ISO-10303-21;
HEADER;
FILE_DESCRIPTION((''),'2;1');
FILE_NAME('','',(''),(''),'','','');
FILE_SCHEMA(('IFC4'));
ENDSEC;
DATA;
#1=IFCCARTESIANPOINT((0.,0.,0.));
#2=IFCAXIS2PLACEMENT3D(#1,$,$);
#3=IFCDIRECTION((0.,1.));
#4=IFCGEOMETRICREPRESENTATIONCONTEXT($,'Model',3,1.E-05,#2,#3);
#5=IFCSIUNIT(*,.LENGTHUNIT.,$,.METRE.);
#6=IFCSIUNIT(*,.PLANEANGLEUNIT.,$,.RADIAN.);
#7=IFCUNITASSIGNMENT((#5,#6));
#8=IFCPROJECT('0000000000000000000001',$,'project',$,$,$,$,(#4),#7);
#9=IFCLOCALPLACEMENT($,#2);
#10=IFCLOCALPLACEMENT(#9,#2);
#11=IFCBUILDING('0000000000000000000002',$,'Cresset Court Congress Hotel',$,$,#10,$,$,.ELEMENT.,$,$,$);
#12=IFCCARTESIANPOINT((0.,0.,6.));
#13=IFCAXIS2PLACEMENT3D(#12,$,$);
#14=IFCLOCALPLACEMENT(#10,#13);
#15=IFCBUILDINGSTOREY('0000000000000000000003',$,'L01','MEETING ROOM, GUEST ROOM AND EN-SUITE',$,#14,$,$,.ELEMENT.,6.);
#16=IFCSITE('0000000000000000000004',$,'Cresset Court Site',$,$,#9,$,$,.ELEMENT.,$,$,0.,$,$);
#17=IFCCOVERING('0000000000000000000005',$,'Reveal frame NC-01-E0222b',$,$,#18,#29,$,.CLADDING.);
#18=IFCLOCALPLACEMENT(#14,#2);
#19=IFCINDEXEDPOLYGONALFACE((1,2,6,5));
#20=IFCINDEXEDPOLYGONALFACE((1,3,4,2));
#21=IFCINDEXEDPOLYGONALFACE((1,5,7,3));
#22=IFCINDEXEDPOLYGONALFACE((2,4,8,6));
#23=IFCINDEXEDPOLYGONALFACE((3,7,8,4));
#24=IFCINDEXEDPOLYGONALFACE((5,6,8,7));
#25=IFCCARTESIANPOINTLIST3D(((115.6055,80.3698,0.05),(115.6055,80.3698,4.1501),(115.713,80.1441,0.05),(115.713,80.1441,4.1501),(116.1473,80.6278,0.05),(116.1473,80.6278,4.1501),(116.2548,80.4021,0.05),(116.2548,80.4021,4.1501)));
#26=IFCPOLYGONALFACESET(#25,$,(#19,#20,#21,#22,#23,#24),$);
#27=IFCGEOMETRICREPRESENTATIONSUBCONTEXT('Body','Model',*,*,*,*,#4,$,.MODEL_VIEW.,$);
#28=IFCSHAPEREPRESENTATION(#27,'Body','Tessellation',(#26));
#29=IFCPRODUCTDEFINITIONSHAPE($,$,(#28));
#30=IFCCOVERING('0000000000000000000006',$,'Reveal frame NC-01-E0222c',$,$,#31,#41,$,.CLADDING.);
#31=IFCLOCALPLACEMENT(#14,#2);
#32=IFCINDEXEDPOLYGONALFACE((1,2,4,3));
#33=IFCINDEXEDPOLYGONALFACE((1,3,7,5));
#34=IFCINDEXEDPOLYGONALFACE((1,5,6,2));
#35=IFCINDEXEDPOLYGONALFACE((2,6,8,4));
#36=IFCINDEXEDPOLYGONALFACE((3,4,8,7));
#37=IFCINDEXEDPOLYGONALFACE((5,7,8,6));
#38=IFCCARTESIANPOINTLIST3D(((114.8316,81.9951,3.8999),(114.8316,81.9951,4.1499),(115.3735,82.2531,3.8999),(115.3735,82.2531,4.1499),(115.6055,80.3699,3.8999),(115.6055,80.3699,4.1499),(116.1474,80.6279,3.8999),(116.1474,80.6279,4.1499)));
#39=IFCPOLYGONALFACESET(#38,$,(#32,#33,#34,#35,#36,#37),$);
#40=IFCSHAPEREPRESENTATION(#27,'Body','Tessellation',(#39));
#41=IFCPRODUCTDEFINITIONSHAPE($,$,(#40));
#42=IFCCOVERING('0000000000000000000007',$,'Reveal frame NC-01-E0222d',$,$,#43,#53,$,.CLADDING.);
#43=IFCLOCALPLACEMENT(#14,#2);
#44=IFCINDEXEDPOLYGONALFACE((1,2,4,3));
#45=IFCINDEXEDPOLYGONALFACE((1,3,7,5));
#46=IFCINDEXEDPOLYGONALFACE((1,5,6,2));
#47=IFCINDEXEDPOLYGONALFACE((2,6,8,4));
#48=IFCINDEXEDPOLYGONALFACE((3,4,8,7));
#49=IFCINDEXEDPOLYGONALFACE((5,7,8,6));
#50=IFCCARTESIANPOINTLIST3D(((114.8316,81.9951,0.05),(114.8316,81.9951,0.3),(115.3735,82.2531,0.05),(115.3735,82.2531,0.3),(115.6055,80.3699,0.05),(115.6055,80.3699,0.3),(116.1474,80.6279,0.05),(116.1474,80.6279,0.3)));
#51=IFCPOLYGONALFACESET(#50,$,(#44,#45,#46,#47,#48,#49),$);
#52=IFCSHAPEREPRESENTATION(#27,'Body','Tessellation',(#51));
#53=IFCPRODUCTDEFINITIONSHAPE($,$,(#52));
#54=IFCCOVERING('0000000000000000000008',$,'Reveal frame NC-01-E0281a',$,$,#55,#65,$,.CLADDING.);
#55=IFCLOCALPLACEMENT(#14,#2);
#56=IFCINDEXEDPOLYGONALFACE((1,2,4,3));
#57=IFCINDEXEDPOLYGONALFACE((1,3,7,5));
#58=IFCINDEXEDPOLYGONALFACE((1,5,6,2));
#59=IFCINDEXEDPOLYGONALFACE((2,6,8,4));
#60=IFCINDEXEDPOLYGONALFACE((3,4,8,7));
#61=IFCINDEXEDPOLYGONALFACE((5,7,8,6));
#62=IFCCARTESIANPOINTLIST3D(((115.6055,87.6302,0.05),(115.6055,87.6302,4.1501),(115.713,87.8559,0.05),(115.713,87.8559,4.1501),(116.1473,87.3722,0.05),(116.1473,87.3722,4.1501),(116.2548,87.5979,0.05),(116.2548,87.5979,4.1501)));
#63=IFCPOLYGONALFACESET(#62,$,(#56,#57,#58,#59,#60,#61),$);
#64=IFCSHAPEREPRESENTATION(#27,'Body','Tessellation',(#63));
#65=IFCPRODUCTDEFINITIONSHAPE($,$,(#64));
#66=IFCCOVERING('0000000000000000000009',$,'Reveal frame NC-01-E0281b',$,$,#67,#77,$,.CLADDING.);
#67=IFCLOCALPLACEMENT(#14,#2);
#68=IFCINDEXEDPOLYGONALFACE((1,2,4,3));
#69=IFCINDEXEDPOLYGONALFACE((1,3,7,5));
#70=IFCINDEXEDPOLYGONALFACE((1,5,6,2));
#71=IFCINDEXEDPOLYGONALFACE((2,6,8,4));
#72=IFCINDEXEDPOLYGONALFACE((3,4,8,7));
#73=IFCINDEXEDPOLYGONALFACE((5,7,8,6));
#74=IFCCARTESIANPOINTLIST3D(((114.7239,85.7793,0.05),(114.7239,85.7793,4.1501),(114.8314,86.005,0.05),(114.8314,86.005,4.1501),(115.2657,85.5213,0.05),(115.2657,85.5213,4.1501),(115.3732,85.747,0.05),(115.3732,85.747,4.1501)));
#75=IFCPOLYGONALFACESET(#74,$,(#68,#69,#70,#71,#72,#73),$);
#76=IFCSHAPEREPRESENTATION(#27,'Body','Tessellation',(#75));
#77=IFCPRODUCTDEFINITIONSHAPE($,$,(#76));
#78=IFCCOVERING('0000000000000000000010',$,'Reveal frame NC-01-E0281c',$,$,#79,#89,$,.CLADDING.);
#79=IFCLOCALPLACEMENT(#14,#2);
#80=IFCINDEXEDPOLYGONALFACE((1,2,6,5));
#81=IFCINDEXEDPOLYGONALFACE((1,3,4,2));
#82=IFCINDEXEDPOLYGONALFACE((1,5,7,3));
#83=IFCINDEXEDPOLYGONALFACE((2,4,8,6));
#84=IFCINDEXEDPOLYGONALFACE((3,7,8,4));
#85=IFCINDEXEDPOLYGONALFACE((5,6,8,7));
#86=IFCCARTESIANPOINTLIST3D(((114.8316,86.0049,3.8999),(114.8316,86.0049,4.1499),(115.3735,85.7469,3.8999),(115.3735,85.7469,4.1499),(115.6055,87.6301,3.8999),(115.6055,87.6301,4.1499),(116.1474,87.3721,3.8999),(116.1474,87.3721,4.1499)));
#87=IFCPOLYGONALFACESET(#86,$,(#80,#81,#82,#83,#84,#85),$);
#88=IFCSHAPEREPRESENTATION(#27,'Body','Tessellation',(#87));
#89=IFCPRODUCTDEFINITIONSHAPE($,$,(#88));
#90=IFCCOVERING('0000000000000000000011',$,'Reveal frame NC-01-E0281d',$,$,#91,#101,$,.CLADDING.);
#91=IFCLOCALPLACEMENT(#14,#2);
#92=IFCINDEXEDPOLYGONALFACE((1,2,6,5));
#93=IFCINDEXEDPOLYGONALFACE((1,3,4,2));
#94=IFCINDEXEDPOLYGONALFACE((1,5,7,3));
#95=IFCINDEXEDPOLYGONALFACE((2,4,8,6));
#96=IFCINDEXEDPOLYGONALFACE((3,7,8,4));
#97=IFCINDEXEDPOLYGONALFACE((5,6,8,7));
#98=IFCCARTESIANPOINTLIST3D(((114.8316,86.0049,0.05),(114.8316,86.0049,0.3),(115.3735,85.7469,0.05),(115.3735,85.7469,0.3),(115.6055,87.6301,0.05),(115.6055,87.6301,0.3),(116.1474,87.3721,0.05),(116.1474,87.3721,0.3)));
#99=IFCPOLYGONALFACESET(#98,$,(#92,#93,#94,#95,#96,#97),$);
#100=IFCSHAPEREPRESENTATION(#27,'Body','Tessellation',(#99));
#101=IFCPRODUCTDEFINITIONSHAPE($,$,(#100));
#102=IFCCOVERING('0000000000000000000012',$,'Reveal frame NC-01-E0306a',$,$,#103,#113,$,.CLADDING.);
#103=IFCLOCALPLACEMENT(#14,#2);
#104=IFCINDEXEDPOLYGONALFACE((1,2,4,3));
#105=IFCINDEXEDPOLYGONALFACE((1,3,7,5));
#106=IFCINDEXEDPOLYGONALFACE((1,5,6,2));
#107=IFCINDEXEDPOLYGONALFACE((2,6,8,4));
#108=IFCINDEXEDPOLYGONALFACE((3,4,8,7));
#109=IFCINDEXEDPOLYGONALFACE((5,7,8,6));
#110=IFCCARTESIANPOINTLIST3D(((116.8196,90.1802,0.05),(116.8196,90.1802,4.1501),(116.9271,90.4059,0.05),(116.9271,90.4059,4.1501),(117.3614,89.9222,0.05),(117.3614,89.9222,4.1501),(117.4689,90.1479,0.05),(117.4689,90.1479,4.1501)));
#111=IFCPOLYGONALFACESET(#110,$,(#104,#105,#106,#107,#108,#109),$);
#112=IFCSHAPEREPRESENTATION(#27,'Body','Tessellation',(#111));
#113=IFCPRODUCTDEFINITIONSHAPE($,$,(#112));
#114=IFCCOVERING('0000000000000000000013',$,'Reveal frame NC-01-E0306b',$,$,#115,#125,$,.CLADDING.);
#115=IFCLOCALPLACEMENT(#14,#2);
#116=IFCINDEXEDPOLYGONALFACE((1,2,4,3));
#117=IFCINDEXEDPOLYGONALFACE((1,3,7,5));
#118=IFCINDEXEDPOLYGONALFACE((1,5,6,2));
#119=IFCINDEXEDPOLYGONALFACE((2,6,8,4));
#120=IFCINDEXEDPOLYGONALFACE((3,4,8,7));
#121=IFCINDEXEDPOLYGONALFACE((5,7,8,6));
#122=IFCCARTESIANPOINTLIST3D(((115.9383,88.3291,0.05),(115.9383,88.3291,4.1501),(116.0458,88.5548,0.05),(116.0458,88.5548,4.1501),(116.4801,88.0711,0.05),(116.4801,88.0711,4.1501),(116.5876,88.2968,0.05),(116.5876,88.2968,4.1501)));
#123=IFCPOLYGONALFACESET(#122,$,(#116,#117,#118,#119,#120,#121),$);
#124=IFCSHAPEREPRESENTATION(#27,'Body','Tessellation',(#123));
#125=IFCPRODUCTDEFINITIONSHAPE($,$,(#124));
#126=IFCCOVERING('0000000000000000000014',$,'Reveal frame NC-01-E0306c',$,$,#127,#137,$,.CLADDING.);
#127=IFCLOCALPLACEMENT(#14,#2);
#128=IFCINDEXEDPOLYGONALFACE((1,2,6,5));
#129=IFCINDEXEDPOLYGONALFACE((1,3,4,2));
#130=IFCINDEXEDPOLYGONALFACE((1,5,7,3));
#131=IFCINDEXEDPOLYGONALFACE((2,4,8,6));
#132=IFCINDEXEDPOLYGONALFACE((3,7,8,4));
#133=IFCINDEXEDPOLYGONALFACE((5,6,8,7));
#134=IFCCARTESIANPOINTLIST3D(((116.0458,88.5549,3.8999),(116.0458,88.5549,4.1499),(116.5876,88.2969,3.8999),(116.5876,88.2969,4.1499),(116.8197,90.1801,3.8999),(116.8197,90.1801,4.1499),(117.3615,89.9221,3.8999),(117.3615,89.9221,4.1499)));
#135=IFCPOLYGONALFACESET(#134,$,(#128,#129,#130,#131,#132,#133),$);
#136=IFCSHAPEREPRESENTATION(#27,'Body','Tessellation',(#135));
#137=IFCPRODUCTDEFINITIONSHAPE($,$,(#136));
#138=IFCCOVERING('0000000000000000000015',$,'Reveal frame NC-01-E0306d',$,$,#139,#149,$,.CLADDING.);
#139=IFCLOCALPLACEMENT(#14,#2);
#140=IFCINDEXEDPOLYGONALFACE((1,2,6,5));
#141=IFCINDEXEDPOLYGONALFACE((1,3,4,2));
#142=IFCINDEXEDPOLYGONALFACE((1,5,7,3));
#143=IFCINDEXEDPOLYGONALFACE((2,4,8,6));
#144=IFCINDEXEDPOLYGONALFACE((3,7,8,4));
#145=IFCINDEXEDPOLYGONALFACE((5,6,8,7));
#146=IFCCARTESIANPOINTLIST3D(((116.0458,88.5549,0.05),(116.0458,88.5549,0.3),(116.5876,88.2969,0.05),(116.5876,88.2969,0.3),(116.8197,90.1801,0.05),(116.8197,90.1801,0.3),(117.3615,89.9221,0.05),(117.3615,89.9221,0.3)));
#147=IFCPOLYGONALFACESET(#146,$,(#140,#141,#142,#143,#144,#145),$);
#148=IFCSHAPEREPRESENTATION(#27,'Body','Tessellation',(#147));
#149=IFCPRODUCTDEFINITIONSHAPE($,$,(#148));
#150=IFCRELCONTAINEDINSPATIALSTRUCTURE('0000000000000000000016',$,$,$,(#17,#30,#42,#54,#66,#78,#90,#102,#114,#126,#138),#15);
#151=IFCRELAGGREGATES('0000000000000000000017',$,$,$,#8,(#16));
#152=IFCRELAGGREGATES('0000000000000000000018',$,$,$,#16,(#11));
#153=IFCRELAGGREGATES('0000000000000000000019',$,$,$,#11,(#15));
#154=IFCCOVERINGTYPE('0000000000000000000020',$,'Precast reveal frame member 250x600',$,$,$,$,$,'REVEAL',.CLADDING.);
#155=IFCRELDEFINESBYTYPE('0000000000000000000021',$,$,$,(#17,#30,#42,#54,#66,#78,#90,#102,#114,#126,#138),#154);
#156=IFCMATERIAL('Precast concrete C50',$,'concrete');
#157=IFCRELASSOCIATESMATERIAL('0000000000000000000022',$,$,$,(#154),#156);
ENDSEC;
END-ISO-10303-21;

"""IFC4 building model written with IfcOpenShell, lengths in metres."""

from ifc_helpers import new_model, si_unit, direction, frame, origin, origin_2d, place, context, subcontext, project, spatial, rectangle, extrude, material, type_object, element, save


model = new_model("IFC4")

# Units and contexts
model_context = context("Model", 3, precision=1e-05, world=origin(), true_north=direction((0.0, 1.0)))
body_context = subcontext(model_context, "Body", "Model", "MODEL_VIEW")
ifc_project = project(units=[si_unit("LENGTHUNIT", "METRE"), si_unit("PLANEANGLEUNIT", "RADIAN")], contexts=[model_context])

# Site, building, storey
site_placement = place(None, origin())
site = spatial("IfcSite", under=ifc_project, at=site_placement, Name="Cresset Court Site", CompositionType="ELEMENT", RefElevation=0.0)
building_placement = place(site_placement, origin())
building = spatial("IfcBuilding", under=site, at=building_placement, Name="Cresset Court Congress Hotel", CompositionType="ELEMENT")
storey_placement = place(building_placement, frame((0.0, 0.0, 6.0)))
storey = spatial("IfcBuildingStorey", under=building, at=storey_placement, Name="L01", Description="MEETING ROOM, GUEST ROOM AND EN-SUITE", CompositionType="ELEMENT", Elevation=6.0)

# Coverings
ifc_material_1 = material(Name="Precast concrete C50", Category="concrete")
covering_type = type_object("IfcCoveringType", Name="Precast reveal frame member 250x600", ElementType="REVEAL", PredefinedType="CLADDING", material=ifc_material_1)
for number, where, z_axis, x_axis, name in (
    (1, (115.9302, 80.386, 0.05), (0.0, 0.0, 1.0), (0.429933, -0.902861, 0.0), "Reveal frame NC-01-E0222b"),
):
    element("IfcCovering", number, at=place(storey_placement, frame(where, z_axis=z_axis, x_axis=x_axis)), inside=storey, type_object=covering_type, Name=name, PredefinedType="CLADDING", context=body_context, shape_type="SweptSolid", body=[
        extrude(rectangle(XDim=0.25, YDim=0.6001, at=origin_2d()), origin(), (0.0, 0.0, 1.0), 4.1001),
    ])
for number, where, z_axis, x_axis, name in (
    (2, (115.4895, 81.3115, 3.8999), (0.0, 0.0, 1.0), (0.429933, -0.902861, 0.0), "Reveal frame NC-01-E0222c"),
    (3, (115.4895, 81.3115, 0.05), (0.0, 0.0, 1.0), (0.429933, -0.902861, 0.0), "Reveal frame NC-01-E0222d"),
):
    element("IfcCovering", number, at=place(storey_placement, frame(where, z_axis=z_axis, x_axis=x_axis)), inside=storey, type_object=covering_type, Name=name, PredefinedType="CLADDING", context=body_context, shape_type="SweptSolid", body=[
        extrude(rectangle(XDim=1.8, YDim=0.6001, at=origin_2d()), origin(), (0.0, 0.0, 1.0), 0.25),
    ])
for number, where, z_axis, x_axis, name in (
    (4, (115.9302, 87.614, 0.05), (0.0, 0.0, 1.0), (-0.429933, -0.902861, 0.0), "Reveal frame NC-01-E0281a"),
    (5, (115.0486, 85.7632, 0.05), (0.0, 0.0, 1.0), (-0.429933, -0.902861, 0.0), "Reveal frame NC-01-E0281b"),
):
    element("IfcCovering", number, at=place(storey_placement, frame(where, z_axis=z_axis, x_axis=x_axis)), inside=storey, type_object=covering_type, Name=name, PredefinedType="CLADDING", context=body_context, shape_type="SweptSolid", body=[
        extrude(rectangle(XDim=0.25, YDim=0.6001, at=origin_2d()), origin(), (0.0, 0.0, 1.0), 4.1001),
    ])
for number, where, z_axis, x_axis, name in (
    (6, (115.4895, 86.6885, 3.8999), (0.0, 0.0, 1.0), (-0.429933, -0.902861, 0.0), "Reveal frame NC-01-E0281c"),
    (7, (115.4895, 86.6885, 0.05), (0.0, 0.0, 1.0), (-0.429933, -0.902861, 0.0), "Reveal frame NC-01-E0281d"),
):
    element("IfcCovering", number, at=place(storey_placement, frame(where, z_axis=z_axis, x_axis=x_axis)), inside=storey, type_object=covering_type, Name=name, PredefinedType="CLADDING", context=body_context, shape_type="SweptSolid", body=[
        extrude(rectangle(XDim=1.8, YDim=0.6001, at=origin_2d()), origin(), (0.0, 0.0, 1.0), 0.25),
    ])
for number, where, z_axis, x_axis, name in (
    (8, (117.1443, 90.1641, 0.05), (0.0, 0.0, 1.0), (-0.429933, -0.902861, 0.0), "Reveal frame NC-01-E0306a"),
    (9, (116.2629, 88.313, 0.05), (0.0, 0.0, 1.0), (-0.429933, -0.902861, 0.0), "Reveal frame NC-01-E0306b"),
):
    element("IfcCovering", number, at=place(storey_placement, frame(where, z_axis=z_axis, x_axis=x_axis)), inside=storey, type_object=covering_type, Name=name, PredefinedType="CLADDING", context=body_context, shape_type="SweptSolid", body=[
        extrude(rectangle(XDim=0.25, YDim=0.6001, at=origin_2d()), origin(), (0.0, 0.0, 1.0), 4.1001),
    ])
for number, where, z_axis, x_axis, name in (
    (10, (116.7036, 89.2385, 3.8999), (0.0, 0.0, 1.0), (-0.429933, -0.902861, 0.0), "Reveal frame NC-01-E0306c"),
    (11, (116.7036, 89.2385, 0.05), (0.0, 0.0, 1.0), (-0.429933, -0.902861, 0.0), "Reveal frame NC-01-E0306d"),
):
    element("IfcCovering", number, at=place(storey_placement, frame(where, z_axis=z_axis, x_axis=x_axis)), inside=storey, type_object=covering_type, Name=name, PredefinedType="CLADDING", context=body_context, shape_type="SweptSolid", body=[
        extrude(rectangle(XDim=1.8, YDim=0.6001, at=origin_2d()), origin(), (0.0, 0.0, 1.0), 0.25),
    ])

save(model, "model.ifc")
